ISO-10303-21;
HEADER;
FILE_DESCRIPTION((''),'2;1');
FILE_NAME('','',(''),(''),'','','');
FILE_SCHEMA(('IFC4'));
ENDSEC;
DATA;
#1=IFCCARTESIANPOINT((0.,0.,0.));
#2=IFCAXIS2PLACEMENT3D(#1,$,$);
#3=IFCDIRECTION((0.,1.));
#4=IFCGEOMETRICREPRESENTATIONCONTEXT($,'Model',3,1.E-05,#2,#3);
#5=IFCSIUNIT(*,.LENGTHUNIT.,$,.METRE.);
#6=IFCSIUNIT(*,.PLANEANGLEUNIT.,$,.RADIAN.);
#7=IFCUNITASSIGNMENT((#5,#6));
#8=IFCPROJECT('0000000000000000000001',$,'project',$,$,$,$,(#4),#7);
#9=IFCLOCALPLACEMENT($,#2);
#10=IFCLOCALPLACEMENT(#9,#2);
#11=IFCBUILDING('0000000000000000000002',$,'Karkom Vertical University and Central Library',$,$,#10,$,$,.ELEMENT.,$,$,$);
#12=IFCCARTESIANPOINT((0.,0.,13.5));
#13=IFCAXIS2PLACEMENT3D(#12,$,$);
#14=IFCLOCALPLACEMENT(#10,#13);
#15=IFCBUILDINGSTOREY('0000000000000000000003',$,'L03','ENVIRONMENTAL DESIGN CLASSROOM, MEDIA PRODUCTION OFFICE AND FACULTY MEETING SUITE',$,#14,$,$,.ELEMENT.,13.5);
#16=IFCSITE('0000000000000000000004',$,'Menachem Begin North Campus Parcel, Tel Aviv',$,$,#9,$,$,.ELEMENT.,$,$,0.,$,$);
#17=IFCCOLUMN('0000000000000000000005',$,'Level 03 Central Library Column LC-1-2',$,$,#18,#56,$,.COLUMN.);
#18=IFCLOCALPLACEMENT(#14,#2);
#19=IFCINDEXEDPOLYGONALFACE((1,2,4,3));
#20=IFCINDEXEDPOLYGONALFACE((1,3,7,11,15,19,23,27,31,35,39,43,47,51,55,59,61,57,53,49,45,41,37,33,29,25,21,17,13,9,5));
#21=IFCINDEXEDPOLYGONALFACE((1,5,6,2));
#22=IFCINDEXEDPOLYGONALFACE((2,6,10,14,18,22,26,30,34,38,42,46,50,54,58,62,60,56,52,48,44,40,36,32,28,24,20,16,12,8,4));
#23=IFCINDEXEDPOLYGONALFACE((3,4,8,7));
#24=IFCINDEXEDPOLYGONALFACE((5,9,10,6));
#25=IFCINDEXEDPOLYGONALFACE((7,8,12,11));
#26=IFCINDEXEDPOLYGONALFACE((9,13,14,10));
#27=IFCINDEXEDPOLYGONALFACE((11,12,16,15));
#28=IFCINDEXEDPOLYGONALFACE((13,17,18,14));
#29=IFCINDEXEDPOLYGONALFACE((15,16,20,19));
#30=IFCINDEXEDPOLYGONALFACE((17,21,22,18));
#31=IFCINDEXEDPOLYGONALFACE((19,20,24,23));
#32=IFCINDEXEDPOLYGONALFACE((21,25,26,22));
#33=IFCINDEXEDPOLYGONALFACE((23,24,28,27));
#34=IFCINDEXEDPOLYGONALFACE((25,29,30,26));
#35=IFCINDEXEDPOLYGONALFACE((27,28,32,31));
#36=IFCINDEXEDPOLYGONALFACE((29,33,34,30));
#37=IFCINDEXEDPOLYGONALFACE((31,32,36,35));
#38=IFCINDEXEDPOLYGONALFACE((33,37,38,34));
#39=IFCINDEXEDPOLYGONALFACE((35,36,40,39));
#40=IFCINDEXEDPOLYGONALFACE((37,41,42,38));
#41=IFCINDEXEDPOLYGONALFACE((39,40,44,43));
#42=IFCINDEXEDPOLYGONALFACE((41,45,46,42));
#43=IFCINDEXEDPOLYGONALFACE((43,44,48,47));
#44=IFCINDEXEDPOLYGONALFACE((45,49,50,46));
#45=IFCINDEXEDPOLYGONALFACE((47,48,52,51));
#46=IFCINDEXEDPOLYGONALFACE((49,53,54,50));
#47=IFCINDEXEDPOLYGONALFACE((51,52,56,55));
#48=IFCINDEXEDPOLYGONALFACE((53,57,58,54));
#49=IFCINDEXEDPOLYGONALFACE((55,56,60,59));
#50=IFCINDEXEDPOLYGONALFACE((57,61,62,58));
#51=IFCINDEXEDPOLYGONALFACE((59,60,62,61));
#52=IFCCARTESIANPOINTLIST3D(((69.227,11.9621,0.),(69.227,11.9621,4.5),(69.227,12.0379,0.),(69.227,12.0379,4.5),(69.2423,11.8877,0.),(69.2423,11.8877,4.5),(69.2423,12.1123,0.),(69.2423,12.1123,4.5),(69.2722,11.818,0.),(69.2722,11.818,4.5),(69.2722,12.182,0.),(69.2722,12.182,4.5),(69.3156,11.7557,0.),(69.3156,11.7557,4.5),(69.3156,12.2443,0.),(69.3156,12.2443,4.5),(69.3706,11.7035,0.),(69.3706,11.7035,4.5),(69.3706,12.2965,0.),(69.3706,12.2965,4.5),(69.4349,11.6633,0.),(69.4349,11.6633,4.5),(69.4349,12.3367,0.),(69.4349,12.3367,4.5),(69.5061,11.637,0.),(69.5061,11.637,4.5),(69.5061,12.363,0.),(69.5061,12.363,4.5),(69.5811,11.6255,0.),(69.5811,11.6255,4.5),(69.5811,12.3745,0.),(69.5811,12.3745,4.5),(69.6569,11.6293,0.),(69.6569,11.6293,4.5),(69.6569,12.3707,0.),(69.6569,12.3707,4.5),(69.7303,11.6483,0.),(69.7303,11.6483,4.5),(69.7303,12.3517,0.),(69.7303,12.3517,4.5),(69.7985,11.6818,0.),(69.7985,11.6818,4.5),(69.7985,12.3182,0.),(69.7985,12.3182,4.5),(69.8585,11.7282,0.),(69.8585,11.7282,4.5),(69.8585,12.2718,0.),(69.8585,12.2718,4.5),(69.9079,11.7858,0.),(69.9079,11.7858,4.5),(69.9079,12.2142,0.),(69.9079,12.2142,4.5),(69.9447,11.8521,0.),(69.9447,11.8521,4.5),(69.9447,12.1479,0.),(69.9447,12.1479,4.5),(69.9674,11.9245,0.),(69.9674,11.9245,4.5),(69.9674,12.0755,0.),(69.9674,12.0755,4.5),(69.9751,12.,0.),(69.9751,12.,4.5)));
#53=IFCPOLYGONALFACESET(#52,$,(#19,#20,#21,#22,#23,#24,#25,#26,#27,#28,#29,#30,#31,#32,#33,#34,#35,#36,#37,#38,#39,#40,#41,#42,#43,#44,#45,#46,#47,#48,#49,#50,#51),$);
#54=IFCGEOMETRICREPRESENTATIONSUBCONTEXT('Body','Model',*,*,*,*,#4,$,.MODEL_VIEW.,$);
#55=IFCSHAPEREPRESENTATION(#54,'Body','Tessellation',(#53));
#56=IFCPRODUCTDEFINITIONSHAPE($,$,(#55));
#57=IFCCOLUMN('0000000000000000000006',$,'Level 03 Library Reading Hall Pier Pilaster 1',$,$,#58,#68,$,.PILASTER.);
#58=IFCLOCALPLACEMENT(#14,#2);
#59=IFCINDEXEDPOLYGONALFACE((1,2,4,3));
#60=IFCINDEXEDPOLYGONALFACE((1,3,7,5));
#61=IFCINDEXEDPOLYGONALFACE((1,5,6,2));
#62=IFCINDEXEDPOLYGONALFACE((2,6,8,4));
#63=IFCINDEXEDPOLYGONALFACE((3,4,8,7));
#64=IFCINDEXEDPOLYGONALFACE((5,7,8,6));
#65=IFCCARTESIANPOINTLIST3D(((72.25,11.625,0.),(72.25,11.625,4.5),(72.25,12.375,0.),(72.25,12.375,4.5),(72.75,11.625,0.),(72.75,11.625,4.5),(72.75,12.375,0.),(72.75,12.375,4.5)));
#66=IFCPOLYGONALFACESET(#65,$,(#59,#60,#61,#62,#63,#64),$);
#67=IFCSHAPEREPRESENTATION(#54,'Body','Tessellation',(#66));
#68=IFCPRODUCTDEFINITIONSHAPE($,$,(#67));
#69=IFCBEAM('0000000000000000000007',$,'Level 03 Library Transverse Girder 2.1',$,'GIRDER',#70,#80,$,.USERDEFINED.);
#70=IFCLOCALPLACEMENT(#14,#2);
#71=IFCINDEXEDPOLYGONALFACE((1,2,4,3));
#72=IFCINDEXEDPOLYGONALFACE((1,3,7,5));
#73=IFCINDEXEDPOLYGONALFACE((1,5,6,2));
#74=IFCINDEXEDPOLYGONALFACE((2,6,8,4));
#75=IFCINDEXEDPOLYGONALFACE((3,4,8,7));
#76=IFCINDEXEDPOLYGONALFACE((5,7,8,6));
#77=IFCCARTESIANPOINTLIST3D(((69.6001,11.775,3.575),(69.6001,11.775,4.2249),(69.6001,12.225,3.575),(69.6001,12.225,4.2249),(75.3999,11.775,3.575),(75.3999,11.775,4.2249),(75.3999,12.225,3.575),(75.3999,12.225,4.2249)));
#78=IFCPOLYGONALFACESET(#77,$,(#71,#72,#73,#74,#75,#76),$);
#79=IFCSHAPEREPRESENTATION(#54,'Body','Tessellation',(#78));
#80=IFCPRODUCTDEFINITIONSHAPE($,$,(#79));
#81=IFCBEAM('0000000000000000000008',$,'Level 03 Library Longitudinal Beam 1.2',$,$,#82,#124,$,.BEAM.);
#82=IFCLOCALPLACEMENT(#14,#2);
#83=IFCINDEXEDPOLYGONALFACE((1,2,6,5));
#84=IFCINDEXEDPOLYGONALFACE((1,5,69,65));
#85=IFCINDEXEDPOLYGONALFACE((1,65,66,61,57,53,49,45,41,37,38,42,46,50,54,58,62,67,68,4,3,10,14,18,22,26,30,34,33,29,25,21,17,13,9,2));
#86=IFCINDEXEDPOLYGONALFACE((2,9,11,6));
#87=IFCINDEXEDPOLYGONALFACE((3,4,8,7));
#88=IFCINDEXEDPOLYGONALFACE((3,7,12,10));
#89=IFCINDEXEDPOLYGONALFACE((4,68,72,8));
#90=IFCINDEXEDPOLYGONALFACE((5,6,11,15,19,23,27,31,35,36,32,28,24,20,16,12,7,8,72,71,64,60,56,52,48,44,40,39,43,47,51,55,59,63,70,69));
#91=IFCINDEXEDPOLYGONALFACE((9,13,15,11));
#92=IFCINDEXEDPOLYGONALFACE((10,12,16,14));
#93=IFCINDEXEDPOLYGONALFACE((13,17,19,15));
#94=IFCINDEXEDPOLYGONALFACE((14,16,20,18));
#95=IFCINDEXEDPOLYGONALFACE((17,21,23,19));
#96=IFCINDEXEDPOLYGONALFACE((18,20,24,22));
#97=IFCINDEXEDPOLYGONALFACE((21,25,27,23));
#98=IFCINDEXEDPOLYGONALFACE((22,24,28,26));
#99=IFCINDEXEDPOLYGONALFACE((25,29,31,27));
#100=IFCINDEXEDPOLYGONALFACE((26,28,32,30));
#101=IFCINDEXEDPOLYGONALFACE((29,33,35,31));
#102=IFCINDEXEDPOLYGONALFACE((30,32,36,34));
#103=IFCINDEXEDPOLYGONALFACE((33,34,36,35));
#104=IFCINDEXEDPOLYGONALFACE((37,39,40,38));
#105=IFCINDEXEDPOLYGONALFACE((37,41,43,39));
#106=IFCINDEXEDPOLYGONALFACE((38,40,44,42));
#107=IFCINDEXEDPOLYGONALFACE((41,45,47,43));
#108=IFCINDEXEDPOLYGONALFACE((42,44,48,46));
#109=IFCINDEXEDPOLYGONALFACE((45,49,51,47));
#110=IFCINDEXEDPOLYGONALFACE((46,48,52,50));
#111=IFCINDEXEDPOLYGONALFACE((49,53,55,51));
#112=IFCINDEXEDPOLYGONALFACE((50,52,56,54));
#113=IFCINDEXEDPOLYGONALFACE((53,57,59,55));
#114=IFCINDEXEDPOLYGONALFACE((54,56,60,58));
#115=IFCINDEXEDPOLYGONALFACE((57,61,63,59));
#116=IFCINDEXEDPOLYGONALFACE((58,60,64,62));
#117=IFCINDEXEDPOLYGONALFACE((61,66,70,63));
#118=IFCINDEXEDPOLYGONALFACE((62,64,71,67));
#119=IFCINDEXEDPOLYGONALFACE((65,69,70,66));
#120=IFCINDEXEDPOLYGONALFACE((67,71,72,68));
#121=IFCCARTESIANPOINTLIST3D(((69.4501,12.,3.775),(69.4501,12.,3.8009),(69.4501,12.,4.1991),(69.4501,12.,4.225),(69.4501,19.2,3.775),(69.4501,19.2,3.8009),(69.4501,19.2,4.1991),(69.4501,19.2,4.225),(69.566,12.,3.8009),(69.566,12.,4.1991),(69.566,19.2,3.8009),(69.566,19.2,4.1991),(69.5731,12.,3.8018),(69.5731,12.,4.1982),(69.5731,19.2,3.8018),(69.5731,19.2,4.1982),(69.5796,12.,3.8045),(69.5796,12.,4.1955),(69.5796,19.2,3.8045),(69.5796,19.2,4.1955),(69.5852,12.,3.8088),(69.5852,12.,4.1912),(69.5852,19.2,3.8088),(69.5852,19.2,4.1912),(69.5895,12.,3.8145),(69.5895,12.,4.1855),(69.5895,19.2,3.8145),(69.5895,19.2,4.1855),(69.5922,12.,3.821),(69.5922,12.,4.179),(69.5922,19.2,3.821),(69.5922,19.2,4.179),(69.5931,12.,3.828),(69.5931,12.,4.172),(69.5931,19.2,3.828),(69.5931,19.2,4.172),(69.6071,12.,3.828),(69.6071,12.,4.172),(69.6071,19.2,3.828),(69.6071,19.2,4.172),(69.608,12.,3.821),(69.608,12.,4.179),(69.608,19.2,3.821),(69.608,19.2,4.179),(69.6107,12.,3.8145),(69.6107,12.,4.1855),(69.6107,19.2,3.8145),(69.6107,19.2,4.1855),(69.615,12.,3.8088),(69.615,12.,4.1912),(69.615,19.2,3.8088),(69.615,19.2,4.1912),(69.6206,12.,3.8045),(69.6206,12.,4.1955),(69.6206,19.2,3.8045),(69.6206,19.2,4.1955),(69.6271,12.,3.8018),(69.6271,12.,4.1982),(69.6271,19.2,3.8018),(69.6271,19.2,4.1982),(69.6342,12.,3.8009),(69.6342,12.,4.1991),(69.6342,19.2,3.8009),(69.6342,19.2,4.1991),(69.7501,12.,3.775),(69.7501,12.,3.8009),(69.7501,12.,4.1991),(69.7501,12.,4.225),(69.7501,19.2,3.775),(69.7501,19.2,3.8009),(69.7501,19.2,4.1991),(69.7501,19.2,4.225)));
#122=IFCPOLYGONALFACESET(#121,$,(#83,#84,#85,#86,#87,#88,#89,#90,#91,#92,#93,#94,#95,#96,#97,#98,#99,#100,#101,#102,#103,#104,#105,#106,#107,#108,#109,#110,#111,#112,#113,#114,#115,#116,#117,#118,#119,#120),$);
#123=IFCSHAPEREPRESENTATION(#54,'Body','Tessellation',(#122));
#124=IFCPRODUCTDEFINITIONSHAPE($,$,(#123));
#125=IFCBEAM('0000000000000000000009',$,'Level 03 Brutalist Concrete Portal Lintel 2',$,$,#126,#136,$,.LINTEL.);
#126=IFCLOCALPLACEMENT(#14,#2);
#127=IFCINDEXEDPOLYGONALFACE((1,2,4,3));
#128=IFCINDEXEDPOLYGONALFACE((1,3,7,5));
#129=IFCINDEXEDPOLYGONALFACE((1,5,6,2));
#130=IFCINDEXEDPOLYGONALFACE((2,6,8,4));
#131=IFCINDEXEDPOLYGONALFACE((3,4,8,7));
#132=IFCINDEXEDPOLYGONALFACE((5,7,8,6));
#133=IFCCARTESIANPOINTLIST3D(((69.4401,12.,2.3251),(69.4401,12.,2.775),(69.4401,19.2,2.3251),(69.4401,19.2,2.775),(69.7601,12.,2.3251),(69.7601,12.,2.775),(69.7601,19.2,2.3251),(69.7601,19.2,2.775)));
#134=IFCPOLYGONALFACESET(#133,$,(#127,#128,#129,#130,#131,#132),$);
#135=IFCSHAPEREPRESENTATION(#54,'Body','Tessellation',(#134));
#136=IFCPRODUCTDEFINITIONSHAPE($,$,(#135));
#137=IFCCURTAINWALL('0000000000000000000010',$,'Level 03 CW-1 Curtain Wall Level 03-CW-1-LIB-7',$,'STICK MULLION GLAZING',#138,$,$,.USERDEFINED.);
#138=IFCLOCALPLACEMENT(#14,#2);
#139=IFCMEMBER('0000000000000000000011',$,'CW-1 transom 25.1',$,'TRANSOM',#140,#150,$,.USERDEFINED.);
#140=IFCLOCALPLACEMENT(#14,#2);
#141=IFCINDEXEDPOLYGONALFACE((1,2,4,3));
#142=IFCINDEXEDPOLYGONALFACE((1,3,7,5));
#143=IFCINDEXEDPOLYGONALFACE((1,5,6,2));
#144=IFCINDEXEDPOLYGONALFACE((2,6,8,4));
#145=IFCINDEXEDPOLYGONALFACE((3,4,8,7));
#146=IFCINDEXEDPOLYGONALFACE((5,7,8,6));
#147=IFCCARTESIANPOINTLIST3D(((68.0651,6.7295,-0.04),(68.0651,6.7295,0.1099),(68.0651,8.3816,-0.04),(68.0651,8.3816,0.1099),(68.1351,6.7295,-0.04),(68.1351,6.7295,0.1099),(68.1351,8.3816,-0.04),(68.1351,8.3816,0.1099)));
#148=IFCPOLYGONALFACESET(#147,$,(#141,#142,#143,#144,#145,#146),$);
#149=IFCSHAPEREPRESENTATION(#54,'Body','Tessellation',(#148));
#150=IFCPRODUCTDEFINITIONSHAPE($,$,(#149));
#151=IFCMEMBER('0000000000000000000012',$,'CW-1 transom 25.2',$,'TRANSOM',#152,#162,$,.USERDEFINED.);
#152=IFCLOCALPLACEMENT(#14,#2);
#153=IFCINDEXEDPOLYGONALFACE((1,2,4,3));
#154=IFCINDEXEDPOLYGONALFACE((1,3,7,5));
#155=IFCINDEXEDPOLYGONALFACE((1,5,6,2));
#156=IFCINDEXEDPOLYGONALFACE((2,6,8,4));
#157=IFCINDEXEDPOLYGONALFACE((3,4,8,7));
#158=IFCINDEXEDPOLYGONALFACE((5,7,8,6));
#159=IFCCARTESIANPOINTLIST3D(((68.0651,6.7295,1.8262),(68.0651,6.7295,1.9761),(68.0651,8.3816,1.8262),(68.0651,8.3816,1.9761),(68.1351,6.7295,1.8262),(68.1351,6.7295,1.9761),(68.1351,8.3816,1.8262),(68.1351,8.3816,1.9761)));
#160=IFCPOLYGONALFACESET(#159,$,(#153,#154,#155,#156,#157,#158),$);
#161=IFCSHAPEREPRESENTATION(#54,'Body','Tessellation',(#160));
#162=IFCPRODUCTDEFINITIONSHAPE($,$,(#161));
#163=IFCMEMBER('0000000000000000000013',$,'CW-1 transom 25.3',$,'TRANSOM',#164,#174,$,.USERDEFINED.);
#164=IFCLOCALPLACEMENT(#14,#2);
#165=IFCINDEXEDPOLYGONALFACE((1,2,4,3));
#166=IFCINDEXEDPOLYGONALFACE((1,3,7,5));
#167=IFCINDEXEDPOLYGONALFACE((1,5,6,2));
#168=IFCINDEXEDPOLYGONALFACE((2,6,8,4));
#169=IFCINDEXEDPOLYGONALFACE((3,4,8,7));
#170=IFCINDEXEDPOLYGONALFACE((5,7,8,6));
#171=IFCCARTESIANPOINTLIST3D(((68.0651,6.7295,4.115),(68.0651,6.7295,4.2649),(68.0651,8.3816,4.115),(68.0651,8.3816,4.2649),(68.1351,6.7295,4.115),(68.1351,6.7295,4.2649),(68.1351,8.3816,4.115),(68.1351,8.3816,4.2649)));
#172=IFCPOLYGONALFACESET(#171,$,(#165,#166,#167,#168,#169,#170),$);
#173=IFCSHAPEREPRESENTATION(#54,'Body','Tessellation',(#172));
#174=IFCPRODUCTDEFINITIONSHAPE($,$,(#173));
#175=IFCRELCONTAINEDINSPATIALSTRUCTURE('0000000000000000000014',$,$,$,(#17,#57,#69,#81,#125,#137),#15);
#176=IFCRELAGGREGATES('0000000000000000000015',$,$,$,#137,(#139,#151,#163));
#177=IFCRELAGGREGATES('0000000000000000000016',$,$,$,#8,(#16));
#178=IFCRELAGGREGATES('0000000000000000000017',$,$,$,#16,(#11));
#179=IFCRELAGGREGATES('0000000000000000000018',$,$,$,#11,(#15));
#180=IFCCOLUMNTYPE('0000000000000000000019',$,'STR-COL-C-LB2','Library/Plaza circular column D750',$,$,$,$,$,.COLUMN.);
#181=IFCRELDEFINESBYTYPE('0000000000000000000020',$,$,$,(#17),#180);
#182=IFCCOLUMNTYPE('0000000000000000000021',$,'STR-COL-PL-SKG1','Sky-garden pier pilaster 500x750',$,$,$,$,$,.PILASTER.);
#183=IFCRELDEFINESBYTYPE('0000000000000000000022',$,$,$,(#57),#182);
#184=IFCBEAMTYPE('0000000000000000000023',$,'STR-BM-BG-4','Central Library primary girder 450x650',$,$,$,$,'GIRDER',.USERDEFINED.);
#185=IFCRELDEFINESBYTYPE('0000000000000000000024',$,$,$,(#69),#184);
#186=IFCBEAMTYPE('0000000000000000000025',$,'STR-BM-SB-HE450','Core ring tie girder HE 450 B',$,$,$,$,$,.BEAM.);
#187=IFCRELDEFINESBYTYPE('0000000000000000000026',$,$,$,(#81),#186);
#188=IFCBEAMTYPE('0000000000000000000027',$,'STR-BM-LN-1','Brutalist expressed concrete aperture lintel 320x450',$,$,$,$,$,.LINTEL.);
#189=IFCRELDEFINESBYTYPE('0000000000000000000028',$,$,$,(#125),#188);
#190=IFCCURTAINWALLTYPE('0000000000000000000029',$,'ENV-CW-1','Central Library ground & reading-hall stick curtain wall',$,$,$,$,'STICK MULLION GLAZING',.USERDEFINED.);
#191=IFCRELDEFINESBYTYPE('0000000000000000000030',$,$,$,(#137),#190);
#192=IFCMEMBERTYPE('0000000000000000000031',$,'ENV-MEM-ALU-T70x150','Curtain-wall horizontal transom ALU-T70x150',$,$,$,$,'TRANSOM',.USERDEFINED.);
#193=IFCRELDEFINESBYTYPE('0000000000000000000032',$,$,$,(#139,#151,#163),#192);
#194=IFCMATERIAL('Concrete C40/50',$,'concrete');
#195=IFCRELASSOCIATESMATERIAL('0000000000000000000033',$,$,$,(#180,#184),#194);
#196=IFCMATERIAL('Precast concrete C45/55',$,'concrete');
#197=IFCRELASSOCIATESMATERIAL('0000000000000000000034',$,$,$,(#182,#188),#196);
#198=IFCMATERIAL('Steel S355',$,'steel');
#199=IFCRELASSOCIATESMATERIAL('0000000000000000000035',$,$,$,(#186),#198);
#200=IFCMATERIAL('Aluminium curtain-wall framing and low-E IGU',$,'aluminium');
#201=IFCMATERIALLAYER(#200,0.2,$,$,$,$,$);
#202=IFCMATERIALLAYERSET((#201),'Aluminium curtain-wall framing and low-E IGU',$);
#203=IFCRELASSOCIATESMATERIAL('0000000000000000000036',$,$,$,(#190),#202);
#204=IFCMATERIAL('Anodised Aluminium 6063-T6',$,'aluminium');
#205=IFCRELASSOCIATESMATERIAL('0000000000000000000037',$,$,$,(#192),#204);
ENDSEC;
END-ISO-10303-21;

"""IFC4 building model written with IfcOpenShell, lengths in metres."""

from ifc_helpers import new_model, si_unit, direction, frame, origin, origin_with_axes, origin_2d, place, context, subcontext, project, spatial, rectangle, circle, i_section, extrude, source, transform, mapped, material, layer, layer_set, material_profile, profile_set, type_object, element, aggregate, save


model = new_model("IFC4")

# Units and contexts
model_context = context("Model", 3, precision=1e-05, world=origin(), true_north=direction((0.0, 1.0)))
body_context = subcontext(model_context, "Body", "Model", "MODEL_VIEW")
ifc_project = project(units=[si_unit("LENGTHUNIT", "METRE"), si_unit("PLANEANGLEUNIT", "RADIAN")], contexts=[model_context])

# Site, building, storey
site_placement = place(None, origin())
site = spatial("IfcSite", under=ifc_project, at=site_placement, Name="Menachem Begin North Campus Parcel, Tel Aviv", CompositionType="ELEMENT", RefElevation=0.0)
building_placement = place(site_placement, origin())
building = spatial("IfcBuilding", under=site, at=building_placement, Name="Karkom Vertical University and Central Library", CompositionType="ELEMENT")
storey_placement = place(building_placement, frame((0.0, 0.0, 13.5)))
storey = spatial("IfcBuildingStorey", under=building, at=storey_placement, Name="L03", Description="ENVIRONMENTAL DESIGN CLASSROOM, MEDIA PRODUCTION OFFICE AND FACULTY MEETING SUITE", CompositionType="ELEMENT", Elevation=13.5)

# Columns
ifc_material_1 = material(Name="Concrete C40/50", Category="concrete")
ifc_material_profile_1 = material_profile(ifc_material_1, circle(Radius=0.375, at=origin_2d()), Name="RC-D750")
ifc_profile_set_1 = profile_set([ifc_material_profile_1], Name="Concrete C40/50")
column_type_1 = type_object("IfcColumnType", Name="STR-COL-C-LB2", Description="Library/Plaza circular column D750", PredefinedType="COLUMN", material=ifc_profile_set_1)
shared_shape_1 = source(origin_with_axes(), body_context, "Body", "SweptSolid", [
    extrude(circle(Radius=0.375, at=origin_2d()), origin(), (0.0, 0.0, 1.0), 4.5),
])
column_1_placement = place(storey_placement, frame((69.6001, 12.0, 0.0), z_axis=(0.0, 0.0, 1.0), x_axis=(1.0, 0.0, 0.0)))
element("IfcColumn", 1, at=column_1_placement, inside=storey, type_object=column_type_1, Name="Level 03 Central Library Column LC-1-2", PredefinedType="COLUMN", context=body_context, shape_type="MappedRepresentation", body=[
    mapped(shared_shape_1, transform((0.0, 0.0, 0.0), scale=1.0)),
])
ifc_material_2 = material(Name="Precast concrete C45/55", Category="concrete")
ifc_material_profile_2 = material_profile(ifc_material_2, rectangle(XDim=0.5, YDim=0.75, at=origin_2d()), Name="PIL-500x750")
ifc_profile_set_2 = profile_set([ifc_material_profile_2], Name="Precast concrete C45/55")
column_type_2 = type_object("IfcColumnType", Name="STR-COL-PL-SKG1", Description="Sky-garden pier pilaster 500x750", PredefinedType="PILASTER", material=ifc_profile_set_2)
shared_shape_2 = source(origin_with_axes(), body_context, "Body", "SweptSolid", [
    extrude(rectangle(XDim=0.5, YDim=0.75, at=origin_2d()), origin(), (0.0, 0.0, 1.0), 4.5),
])
column_2_placement = place(storey_placement, frame((72.5, 12.0, 0.0), z_axis=(0.0, 0.0, 1.0), x_axis=(1.0, 0.0, 0.0)))
element("IfcColumn", 2, at=column_2_placement, inside=storey, type_object=column_type_2, Name="Level 03 Library Reading Hall Pier Pilaster 1", PredefinedType="PILASTER", context=body_context, shape_type="MappedRepresentation", body=[
    mapped(shared_shape_2, transform((0.0, 0.0, 0.0), scale=1.0)),
])

# Beams
ifc_material_profile_3 = material_profile(ifc_material_1, rectangle(XDim=0.45, YDim=0.6499, at=origin_2d()), Name="RCB-450x650")
ifc_profile_set_3 = profile_set([ifc_material_profile_3], Name="Concrete C40/50")
beam_type_1 = type_object("IfcBeamType", Name="STR-BM-BG-4", Description="Central Library primary girder 450x650", ElementType="GIRDER", PredefinedType="USERDEFINED", material=ifc_profile_set_3)
shared_shape_3 = source(origin_with_axes(), body_context, "Body", "SweptSolid", [
    extrude(rectangle(XDim=0.45, YDim=0.6499, at=origin_2d()), origin(), (0.0, 0.0, 1.0), 5.7998),
])
beam_1_placement = place(storey_placement, frame((69.6001, 12.0, 3.8999), z_axis=(1.0, 0.0, 0.0), x_axis=(0.0, 1.0, 0.0)))
element("IfcBeam", 3, at=beam_1_placement, inside=storey, type_object=beam_type_1, Name="Level 03 Library Transverse Girder 2.1", ObjectType="GIRDER", PredefinedType="USERDEFINED", context=body_context, shape_type="MappedRepresentation", body=[
    mapped(shared_shape_3, transform((0.0, 0.0, 0.0), scale=1.0)),
])
ifc_material_3 = material(Name="Steel S355", Category="steel")
ifc_material_profile_4 = material_profile(ifc_material_3, i_section(OverallWidth=0.3, OverallDepth=0.45, WebThickness=0.0139, FlangeThickness=0.0259, FilletRadius=0.0271, at=origin_2d()), Name="HE 450 B")
ifc_profile_set_4 = profile_set([ifc_material_profile_4], Name="Steel S355")
beam_type_2 = type_object("IfcBeamType", Name="STR-BM-SB-HE450", Description="Core ring tie girder HE 450 B", PredefinedType="BEAM", material=ifc_profile_set_4)
shared_shape_4 = source(origin_with_axes(), body_context, "Body", "SweptSolid", [
    extrude(i_section(OverallWidth=0.3, OverallDepth=0.45, WebThickness=0.0139, FlangeThickness=0.0259, FilletRadius=0.0271, at=origin_2d()), origin(), (0.0, 0.0, 1.0), 7.2),
])
beam_2_placement = place(storey_placement, frame((69.6001, 12.0, 4.0), z_axis=(0.0, 1.0, 0.0), x_axis=(-1.0, 0.0, 0.0)))
element("IfcBeam", 4, at=beam_2_placement, inside=storey, type_object=beam_type_2, Name="Level 03 Library Longitudinal Beam 1.2", PredefinedType="BEAM", context=body_context, shape_type="MappedRepresentation", body=[
    mapped(shared_shape_4, transform((0.0, 0.0, 0.0), scale=1.0)),
])
ifc_material_profile_5 = material_profile(ifc_material_2, rectangle(XDim=0.3201, YDim=0.45, at=origin_2d()), Name="RCL-320x450")
ifc_profile_set_5 = profile_set([ifc_material_profile_5], Name="Precast concrete C45/55")
beam_type_3 = type_object("IfcBeamType", Name="STR-BM-LN-1", Description="Brutalist expressed concrete aperture lintel 320x450", PredefinedType="LINTEL", material=ifc_profile_set_5)
shared_shape_5 = source(origin_with_axes(), body_context, "Body", "SweptSolid", [
    extrude(rectangle(XDim=0.3201, YDim=0.45, at=origin_2d()), origin(), (0.0, 0.0, 1.0), 7.2),
])
beam_3_placement = place(storey_placement, frame((69.6001, 12.0, 2.55), z_axis=(0.0, 1.0, 0.0), x_axis=(-1.0, 0.0, 0.0)))
element("IfcBeam", 5, at=beam_3_placement, inside=storey, type_object=beam_type_3, Name="Level 03 Brutalist Concrete Portal Lintel 2", PredefinedType="LINTEL", context=body_context, shape_type="MappedRepresentation", body=[
    mapped(shared_shape_5, transform((0.0, 0.0, 0.0), scale=1.0)),
])

# Curtain wall, members
ifc_material_4 = material(Name="Aluminium curtain-wall framing and low-E IGU", Category="aluminium")
ifc_layer_1 = layer(ifc_material_4, 0.2)
ifc_layer_set_1 = layer_set([ifc_layer_1], Name="Aluminium curtain-wall framing and low-E IGU")
curtain_wall_type = type_object("IfcCurtainWallType", Name="ENV-CW-1", Description="Central Library ground & reading-hall stick curtain wall", ElementType="STICK MULLION GLAZING", PredefinedType="USERDEFINED", material=ifc_layer_set_1)
curtain_wall_placement = place(storey_placement, origin())
curtain_wall = element("IfcCurtainWall", 6, at=curtain_wall_placement, inside=storey, type_object=curtain_wall_type, Name="Level 03 CW-1 Curtain Wall Level 03-CW-1-LIB-7", ObjectType="STICK MULLION GLAZING", PredefinedType="USERDEFINED")
ifc_material_5 = material(Name="Anodised Aluminium 6063-T6", Category="aluminium")
ifc_material_profile_6 = material_profile(ifc_material_5, rectangle(XDim=0.0701, YDim=0.1499, at=origin_2d()), Name="ALU-T70x150")
ifc_profile_set_6 = profile_set([ifc_material_profile_6], Name="Anodised Aluminium 6063-T6")
member_type = type_object("IfcMemberType", Name="ENV-MEM-ALU-T70x150", Description="Curtain-wall horizontal transom ALU-T70x150", ElementType="TRANSOM", PredefinedType="USERDEFINED", material=ifc_profile_set_6)
shared_shape_6 = source(origin_with_axes(), body_context, "Body", "SweptSolid", [
    extrude(rectangle(XDim=0.0701, YDim=0.1499, at=origin_2d()), origin(), (0.0, 0.0, 1.0), 1.6521),
])
member_1_placement = place(storey_placement, frame((68.1001, 8.3816, 0.0349), z_axis=(0.0, -1.0, 0.0), x_axis=(1.0, 0.0, 0.0)))
member_1 = element("IfcMember", 7, at=member_1_placement, type_object=member_type, Name="CW-1 transom 25.1", ObjectType="TRANSOM", PredefinedType="USERDEFINED", context=body_context, shape_type="MappedRepresentation", body=[
    mapped(shared_shape_6, transform((0.0, 0.0, 0.0), scale=1.0)),
])
member_2_placement = place(storey_placement, frame((68.1001, 8.3816, 1.9011), z_axis=(0.0, -1.0, 0.0), x_axis=(1.0, 0.0, 0.0)))
member_2 = element("IfcMember", 8, at=member_2_placement, type_object=member_type, Name="CW-1 transom 25.2", ObjectType="TRANSOM", PredefinedType="USERDEFINED", context=body_context, shape_type="MappedRepresentation", body=[
    mapped(shared_shape_6, transform((0.0, 0.0, 0.0), scale=1.0)),
])
member_3_placement = place(storey_placement, frame((68.1001, 8.3816, 4.1899), z_axis=(0.0, -1.0, 0.0), x_axis=(1.0, 0.0, 0.0)))
member_3 = element("IfcMember", 9, at=member_3_placement, type_object=member_type, Name="CW-1 transom 25.3", ObjectType="TRANSOM", PredefinedType="USERDEFINED", context=body_context, shape_type="MappedRepresentation", body=[
    mapped(shared_shape_6, transform((0.0, 0.0, 0.0), scale=1.0)),
])
aggregate(curtain_wall, [member_1, member_2, member_3])

save(model, "model.ifc")
